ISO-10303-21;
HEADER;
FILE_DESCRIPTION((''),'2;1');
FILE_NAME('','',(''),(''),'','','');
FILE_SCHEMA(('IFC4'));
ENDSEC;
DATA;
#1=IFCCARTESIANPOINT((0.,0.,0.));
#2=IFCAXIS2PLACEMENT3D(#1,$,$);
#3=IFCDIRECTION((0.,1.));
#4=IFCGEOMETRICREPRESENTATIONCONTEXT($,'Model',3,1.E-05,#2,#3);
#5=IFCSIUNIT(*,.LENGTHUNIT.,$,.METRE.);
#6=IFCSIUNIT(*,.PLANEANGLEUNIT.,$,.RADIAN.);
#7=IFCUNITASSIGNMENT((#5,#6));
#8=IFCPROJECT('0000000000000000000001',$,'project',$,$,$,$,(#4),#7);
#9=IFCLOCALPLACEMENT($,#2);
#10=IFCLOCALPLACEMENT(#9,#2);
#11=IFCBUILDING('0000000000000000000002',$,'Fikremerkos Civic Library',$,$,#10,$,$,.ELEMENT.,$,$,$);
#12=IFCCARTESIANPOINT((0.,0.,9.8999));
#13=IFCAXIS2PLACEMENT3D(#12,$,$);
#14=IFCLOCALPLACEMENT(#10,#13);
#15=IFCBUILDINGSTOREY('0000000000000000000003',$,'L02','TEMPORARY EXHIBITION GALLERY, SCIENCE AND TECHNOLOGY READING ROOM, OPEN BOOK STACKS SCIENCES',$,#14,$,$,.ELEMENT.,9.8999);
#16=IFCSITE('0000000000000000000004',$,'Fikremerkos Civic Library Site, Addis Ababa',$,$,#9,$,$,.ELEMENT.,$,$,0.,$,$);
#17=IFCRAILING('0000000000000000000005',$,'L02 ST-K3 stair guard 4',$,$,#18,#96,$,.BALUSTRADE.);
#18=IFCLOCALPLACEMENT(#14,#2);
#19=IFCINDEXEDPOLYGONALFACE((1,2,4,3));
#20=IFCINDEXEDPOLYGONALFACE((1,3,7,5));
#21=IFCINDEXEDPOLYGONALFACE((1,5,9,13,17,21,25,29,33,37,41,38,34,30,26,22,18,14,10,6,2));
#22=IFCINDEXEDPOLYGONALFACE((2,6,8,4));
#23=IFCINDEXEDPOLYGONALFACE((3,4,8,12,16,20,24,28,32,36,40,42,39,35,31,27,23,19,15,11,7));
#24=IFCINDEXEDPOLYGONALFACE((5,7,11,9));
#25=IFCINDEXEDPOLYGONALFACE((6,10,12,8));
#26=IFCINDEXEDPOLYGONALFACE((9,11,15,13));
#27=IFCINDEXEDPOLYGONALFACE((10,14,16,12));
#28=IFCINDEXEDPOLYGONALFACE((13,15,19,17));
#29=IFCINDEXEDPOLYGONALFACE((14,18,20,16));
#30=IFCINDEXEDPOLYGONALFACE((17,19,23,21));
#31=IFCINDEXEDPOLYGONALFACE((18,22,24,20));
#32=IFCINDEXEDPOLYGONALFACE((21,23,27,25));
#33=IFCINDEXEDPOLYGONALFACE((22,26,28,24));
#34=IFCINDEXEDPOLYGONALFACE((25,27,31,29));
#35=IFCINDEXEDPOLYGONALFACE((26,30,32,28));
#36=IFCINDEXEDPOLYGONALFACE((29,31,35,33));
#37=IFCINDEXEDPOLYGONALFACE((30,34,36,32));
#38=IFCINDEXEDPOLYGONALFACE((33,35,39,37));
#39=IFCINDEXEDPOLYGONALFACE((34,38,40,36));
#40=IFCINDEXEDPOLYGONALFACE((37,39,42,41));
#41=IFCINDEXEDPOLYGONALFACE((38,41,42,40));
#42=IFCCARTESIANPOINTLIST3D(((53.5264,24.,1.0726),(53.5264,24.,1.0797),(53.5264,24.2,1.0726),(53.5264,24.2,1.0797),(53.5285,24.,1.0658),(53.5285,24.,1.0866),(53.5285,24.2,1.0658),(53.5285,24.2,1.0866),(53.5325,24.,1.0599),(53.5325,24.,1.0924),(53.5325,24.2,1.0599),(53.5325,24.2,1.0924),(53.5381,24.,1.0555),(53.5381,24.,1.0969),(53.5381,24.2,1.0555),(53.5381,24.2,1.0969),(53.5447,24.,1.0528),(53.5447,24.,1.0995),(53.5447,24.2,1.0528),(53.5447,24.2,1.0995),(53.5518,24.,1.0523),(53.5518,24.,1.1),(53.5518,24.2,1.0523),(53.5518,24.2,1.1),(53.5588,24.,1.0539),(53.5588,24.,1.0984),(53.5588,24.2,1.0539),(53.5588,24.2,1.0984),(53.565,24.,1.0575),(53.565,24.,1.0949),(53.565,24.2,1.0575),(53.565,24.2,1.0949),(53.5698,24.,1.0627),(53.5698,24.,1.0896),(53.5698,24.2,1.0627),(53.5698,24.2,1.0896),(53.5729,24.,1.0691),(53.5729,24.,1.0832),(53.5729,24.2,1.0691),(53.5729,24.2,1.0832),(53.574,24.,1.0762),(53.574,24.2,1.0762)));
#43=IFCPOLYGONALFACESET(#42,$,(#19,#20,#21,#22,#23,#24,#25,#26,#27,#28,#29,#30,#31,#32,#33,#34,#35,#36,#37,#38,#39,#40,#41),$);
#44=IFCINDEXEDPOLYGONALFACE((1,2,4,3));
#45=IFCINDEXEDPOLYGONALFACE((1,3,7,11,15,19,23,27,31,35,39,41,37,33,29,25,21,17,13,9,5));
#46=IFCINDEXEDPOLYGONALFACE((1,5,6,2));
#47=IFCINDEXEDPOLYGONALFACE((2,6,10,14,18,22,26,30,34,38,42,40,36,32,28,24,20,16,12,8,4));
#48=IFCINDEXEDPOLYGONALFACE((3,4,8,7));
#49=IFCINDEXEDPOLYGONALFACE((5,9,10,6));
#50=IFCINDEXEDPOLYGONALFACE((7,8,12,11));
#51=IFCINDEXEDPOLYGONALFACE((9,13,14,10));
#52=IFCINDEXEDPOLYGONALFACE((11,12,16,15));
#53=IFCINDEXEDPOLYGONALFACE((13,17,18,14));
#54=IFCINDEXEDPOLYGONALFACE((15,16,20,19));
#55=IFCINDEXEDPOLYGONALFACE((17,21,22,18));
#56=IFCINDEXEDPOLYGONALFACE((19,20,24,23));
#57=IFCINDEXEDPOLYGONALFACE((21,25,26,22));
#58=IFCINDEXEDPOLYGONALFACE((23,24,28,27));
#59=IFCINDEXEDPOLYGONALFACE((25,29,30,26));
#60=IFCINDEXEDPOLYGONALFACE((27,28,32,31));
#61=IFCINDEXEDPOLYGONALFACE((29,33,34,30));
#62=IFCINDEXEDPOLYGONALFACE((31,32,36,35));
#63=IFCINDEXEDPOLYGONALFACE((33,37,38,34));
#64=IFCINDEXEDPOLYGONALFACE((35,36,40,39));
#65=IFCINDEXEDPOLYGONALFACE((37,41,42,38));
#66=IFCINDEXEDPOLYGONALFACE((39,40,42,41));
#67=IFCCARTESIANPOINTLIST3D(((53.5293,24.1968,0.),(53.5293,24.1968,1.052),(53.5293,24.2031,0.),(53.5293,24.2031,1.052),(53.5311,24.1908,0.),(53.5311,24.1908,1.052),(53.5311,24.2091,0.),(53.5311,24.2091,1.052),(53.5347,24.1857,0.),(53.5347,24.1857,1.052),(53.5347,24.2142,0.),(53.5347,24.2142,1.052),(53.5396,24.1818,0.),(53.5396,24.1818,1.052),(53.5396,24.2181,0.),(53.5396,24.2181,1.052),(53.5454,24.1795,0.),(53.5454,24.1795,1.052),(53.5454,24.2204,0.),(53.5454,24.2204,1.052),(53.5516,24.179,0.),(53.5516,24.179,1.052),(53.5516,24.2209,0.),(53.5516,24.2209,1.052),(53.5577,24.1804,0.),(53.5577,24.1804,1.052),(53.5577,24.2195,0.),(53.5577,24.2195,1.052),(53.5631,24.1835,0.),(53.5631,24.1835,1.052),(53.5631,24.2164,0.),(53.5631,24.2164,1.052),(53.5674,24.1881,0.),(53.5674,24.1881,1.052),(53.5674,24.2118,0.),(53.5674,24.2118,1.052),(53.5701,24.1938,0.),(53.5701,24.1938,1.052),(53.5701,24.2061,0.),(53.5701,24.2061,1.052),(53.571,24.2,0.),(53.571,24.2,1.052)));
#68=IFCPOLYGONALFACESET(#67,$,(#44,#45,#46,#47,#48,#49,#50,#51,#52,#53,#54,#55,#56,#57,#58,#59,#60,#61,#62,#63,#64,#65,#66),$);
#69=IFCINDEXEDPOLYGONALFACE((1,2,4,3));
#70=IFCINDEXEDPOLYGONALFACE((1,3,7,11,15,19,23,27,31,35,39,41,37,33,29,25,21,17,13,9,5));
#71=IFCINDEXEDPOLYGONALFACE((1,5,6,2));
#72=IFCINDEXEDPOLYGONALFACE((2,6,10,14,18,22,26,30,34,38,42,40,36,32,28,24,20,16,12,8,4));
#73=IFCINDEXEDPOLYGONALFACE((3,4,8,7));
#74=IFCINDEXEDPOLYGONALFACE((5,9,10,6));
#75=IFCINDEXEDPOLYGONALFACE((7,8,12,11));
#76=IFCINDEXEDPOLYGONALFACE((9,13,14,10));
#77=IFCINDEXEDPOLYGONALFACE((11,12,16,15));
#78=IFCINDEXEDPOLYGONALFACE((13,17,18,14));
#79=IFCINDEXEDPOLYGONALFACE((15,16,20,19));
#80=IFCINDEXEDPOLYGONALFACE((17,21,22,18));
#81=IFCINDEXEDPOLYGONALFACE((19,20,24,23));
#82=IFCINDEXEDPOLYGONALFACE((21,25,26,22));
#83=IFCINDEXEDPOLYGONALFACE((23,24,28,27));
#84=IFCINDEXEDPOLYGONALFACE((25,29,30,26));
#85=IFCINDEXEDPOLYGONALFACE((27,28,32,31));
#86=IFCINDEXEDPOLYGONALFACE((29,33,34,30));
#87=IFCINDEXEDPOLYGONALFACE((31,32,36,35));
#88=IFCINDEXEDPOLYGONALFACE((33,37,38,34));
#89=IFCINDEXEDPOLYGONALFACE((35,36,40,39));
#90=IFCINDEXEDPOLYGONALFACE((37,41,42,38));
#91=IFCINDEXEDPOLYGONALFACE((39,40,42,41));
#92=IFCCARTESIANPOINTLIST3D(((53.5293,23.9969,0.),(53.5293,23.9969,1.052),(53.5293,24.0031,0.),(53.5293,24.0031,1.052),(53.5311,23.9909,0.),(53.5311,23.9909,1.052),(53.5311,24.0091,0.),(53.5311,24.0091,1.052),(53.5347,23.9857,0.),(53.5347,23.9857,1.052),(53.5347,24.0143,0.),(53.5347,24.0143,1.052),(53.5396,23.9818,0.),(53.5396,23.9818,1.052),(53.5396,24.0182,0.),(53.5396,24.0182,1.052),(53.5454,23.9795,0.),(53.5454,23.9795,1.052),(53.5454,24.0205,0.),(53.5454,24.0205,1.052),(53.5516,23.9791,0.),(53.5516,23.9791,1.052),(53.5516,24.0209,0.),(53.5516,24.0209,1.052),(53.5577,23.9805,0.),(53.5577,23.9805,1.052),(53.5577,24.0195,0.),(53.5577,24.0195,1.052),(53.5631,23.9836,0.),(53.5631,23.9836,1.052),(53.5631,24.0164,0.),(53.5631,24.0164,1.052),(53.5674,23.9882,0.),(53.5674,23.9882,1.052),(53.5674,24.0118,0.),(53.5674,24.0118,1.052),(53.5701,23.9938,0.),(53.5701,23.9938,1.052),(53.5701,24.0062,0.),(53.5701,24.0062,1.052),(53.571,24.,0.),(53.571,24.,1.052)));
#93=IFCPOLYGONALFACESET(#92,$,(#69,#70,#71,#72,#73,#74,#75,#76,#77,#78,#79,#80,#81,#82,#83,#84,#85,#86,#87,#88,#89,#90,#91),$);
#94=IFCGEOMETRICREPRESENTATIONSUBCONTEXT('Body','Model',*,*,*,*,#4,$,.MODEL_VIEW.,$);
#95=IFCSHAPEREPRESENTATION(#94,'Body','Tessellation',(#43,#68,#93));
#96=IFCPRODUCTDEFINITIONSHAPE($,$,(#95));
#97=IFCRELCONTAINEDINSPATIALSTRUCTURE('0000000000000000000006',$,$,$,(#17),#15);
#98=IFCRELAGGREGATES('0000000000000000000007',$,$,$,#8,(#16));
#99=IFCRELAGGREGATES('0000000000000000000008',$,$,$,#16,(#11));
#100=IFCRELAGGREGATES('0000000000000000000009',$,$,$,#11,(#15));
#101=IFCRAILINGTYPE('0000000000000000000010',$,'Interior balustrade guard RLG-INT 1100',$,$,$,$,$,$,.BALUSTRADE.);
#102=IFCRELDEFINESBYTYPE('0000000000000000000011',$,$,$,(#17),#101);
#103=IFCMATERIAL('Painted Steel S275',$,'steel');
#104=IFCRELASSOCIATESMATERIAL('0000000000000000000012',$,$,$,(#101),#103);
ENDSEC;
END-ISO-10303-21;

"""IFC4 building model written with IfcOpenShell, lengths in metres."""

from ifc_helpers import new_model, si_unit, direction, frame, origin, origin_2d, place, context, subcontext, project, spatial, circle, extrude, material, type_object, element, save


model = new_model("IFC4")

# Units and contexts
model_context = context("Model", 3, precision=1e-05, world=origin(), true_north=direction((0.0, 1.0)))
body_context = subcontext(model_context, "Body", "Model", "MODEL_VIEW")
ifc_project = project(units=[si_unit("LENGTHUNIT", "METRE"), si_unit("PLANEANGLEUNIT", "RADIAN")], contexts=[model_context])

# Site, building, storey
site_placement = place(None, origin())
site = spatial("IfcSite", under=ifc_project, at=site_placement, Name="Fikremerkos Civic Library Site, Addis Ababa", CompositionType="ELEMENT", RefElevation=0.0)
building_placement = place(site_placement, origin())
building = spatial("IfcBuilding", under=site, at=building_placement, Name="Fikremerkos Civic Library", CompositionType="ELEMENT")
storey_placement = place(building_placement, frame((0.0, 0.0, 9.8999)))
storey = spatial("IfcBuildingStorey", under=building, at=storey_placement, Name="L02", Description="TEMPORARY EXHIBITION GALLERY, SCIENCE AND TECHNOLOGY READING ROOM, OPEN BOOK STACKS SCIENCES", CompositionType="ELEMENT", Elevation=9.8999)

# Railing
ifc_material_1 = material(Name="Painted Steel S275", Category="steel")
railing_type_1 = type_object("IfcRailingType", Name="Interior balustrade guard RLG-INT 1100", PredefinedType="BALUSTRADE", material=ifc_material_1)
railing_1_placement = place(storey_placement, frame((53.55, 24.2, 0.0)))
element("IfcRailing", 1, at=railing_1_placement, inside=storey, type_object=railing_type_1, Name="L02 ST-K3 stair guard 4", PredefinedType="BALUSTRADE", context=body_context, shape_type="SweptSolid", body=[
    extrude(circle(Radius=0.0239, at=origin_2d()), frame((0.0, 0.0, 1.0762), z_axis=(0.0, -1.0, 0.0), x_axis=(1.0, 0.0, 0.0)), (0.0, 0.0, 1.0), 0.2),
    extrude(circle(Radius=0.021, at=origin_2d()), origin(), (0.0, 0.0, 1.0), 1.052),
    extrude(circle(Radius=0.021, at=origin_2d()), frame((0.0, -0.2, 0.0)), (0.0, 0.0, 1.0), 1.052),
])

save(model, "model.ifc")
